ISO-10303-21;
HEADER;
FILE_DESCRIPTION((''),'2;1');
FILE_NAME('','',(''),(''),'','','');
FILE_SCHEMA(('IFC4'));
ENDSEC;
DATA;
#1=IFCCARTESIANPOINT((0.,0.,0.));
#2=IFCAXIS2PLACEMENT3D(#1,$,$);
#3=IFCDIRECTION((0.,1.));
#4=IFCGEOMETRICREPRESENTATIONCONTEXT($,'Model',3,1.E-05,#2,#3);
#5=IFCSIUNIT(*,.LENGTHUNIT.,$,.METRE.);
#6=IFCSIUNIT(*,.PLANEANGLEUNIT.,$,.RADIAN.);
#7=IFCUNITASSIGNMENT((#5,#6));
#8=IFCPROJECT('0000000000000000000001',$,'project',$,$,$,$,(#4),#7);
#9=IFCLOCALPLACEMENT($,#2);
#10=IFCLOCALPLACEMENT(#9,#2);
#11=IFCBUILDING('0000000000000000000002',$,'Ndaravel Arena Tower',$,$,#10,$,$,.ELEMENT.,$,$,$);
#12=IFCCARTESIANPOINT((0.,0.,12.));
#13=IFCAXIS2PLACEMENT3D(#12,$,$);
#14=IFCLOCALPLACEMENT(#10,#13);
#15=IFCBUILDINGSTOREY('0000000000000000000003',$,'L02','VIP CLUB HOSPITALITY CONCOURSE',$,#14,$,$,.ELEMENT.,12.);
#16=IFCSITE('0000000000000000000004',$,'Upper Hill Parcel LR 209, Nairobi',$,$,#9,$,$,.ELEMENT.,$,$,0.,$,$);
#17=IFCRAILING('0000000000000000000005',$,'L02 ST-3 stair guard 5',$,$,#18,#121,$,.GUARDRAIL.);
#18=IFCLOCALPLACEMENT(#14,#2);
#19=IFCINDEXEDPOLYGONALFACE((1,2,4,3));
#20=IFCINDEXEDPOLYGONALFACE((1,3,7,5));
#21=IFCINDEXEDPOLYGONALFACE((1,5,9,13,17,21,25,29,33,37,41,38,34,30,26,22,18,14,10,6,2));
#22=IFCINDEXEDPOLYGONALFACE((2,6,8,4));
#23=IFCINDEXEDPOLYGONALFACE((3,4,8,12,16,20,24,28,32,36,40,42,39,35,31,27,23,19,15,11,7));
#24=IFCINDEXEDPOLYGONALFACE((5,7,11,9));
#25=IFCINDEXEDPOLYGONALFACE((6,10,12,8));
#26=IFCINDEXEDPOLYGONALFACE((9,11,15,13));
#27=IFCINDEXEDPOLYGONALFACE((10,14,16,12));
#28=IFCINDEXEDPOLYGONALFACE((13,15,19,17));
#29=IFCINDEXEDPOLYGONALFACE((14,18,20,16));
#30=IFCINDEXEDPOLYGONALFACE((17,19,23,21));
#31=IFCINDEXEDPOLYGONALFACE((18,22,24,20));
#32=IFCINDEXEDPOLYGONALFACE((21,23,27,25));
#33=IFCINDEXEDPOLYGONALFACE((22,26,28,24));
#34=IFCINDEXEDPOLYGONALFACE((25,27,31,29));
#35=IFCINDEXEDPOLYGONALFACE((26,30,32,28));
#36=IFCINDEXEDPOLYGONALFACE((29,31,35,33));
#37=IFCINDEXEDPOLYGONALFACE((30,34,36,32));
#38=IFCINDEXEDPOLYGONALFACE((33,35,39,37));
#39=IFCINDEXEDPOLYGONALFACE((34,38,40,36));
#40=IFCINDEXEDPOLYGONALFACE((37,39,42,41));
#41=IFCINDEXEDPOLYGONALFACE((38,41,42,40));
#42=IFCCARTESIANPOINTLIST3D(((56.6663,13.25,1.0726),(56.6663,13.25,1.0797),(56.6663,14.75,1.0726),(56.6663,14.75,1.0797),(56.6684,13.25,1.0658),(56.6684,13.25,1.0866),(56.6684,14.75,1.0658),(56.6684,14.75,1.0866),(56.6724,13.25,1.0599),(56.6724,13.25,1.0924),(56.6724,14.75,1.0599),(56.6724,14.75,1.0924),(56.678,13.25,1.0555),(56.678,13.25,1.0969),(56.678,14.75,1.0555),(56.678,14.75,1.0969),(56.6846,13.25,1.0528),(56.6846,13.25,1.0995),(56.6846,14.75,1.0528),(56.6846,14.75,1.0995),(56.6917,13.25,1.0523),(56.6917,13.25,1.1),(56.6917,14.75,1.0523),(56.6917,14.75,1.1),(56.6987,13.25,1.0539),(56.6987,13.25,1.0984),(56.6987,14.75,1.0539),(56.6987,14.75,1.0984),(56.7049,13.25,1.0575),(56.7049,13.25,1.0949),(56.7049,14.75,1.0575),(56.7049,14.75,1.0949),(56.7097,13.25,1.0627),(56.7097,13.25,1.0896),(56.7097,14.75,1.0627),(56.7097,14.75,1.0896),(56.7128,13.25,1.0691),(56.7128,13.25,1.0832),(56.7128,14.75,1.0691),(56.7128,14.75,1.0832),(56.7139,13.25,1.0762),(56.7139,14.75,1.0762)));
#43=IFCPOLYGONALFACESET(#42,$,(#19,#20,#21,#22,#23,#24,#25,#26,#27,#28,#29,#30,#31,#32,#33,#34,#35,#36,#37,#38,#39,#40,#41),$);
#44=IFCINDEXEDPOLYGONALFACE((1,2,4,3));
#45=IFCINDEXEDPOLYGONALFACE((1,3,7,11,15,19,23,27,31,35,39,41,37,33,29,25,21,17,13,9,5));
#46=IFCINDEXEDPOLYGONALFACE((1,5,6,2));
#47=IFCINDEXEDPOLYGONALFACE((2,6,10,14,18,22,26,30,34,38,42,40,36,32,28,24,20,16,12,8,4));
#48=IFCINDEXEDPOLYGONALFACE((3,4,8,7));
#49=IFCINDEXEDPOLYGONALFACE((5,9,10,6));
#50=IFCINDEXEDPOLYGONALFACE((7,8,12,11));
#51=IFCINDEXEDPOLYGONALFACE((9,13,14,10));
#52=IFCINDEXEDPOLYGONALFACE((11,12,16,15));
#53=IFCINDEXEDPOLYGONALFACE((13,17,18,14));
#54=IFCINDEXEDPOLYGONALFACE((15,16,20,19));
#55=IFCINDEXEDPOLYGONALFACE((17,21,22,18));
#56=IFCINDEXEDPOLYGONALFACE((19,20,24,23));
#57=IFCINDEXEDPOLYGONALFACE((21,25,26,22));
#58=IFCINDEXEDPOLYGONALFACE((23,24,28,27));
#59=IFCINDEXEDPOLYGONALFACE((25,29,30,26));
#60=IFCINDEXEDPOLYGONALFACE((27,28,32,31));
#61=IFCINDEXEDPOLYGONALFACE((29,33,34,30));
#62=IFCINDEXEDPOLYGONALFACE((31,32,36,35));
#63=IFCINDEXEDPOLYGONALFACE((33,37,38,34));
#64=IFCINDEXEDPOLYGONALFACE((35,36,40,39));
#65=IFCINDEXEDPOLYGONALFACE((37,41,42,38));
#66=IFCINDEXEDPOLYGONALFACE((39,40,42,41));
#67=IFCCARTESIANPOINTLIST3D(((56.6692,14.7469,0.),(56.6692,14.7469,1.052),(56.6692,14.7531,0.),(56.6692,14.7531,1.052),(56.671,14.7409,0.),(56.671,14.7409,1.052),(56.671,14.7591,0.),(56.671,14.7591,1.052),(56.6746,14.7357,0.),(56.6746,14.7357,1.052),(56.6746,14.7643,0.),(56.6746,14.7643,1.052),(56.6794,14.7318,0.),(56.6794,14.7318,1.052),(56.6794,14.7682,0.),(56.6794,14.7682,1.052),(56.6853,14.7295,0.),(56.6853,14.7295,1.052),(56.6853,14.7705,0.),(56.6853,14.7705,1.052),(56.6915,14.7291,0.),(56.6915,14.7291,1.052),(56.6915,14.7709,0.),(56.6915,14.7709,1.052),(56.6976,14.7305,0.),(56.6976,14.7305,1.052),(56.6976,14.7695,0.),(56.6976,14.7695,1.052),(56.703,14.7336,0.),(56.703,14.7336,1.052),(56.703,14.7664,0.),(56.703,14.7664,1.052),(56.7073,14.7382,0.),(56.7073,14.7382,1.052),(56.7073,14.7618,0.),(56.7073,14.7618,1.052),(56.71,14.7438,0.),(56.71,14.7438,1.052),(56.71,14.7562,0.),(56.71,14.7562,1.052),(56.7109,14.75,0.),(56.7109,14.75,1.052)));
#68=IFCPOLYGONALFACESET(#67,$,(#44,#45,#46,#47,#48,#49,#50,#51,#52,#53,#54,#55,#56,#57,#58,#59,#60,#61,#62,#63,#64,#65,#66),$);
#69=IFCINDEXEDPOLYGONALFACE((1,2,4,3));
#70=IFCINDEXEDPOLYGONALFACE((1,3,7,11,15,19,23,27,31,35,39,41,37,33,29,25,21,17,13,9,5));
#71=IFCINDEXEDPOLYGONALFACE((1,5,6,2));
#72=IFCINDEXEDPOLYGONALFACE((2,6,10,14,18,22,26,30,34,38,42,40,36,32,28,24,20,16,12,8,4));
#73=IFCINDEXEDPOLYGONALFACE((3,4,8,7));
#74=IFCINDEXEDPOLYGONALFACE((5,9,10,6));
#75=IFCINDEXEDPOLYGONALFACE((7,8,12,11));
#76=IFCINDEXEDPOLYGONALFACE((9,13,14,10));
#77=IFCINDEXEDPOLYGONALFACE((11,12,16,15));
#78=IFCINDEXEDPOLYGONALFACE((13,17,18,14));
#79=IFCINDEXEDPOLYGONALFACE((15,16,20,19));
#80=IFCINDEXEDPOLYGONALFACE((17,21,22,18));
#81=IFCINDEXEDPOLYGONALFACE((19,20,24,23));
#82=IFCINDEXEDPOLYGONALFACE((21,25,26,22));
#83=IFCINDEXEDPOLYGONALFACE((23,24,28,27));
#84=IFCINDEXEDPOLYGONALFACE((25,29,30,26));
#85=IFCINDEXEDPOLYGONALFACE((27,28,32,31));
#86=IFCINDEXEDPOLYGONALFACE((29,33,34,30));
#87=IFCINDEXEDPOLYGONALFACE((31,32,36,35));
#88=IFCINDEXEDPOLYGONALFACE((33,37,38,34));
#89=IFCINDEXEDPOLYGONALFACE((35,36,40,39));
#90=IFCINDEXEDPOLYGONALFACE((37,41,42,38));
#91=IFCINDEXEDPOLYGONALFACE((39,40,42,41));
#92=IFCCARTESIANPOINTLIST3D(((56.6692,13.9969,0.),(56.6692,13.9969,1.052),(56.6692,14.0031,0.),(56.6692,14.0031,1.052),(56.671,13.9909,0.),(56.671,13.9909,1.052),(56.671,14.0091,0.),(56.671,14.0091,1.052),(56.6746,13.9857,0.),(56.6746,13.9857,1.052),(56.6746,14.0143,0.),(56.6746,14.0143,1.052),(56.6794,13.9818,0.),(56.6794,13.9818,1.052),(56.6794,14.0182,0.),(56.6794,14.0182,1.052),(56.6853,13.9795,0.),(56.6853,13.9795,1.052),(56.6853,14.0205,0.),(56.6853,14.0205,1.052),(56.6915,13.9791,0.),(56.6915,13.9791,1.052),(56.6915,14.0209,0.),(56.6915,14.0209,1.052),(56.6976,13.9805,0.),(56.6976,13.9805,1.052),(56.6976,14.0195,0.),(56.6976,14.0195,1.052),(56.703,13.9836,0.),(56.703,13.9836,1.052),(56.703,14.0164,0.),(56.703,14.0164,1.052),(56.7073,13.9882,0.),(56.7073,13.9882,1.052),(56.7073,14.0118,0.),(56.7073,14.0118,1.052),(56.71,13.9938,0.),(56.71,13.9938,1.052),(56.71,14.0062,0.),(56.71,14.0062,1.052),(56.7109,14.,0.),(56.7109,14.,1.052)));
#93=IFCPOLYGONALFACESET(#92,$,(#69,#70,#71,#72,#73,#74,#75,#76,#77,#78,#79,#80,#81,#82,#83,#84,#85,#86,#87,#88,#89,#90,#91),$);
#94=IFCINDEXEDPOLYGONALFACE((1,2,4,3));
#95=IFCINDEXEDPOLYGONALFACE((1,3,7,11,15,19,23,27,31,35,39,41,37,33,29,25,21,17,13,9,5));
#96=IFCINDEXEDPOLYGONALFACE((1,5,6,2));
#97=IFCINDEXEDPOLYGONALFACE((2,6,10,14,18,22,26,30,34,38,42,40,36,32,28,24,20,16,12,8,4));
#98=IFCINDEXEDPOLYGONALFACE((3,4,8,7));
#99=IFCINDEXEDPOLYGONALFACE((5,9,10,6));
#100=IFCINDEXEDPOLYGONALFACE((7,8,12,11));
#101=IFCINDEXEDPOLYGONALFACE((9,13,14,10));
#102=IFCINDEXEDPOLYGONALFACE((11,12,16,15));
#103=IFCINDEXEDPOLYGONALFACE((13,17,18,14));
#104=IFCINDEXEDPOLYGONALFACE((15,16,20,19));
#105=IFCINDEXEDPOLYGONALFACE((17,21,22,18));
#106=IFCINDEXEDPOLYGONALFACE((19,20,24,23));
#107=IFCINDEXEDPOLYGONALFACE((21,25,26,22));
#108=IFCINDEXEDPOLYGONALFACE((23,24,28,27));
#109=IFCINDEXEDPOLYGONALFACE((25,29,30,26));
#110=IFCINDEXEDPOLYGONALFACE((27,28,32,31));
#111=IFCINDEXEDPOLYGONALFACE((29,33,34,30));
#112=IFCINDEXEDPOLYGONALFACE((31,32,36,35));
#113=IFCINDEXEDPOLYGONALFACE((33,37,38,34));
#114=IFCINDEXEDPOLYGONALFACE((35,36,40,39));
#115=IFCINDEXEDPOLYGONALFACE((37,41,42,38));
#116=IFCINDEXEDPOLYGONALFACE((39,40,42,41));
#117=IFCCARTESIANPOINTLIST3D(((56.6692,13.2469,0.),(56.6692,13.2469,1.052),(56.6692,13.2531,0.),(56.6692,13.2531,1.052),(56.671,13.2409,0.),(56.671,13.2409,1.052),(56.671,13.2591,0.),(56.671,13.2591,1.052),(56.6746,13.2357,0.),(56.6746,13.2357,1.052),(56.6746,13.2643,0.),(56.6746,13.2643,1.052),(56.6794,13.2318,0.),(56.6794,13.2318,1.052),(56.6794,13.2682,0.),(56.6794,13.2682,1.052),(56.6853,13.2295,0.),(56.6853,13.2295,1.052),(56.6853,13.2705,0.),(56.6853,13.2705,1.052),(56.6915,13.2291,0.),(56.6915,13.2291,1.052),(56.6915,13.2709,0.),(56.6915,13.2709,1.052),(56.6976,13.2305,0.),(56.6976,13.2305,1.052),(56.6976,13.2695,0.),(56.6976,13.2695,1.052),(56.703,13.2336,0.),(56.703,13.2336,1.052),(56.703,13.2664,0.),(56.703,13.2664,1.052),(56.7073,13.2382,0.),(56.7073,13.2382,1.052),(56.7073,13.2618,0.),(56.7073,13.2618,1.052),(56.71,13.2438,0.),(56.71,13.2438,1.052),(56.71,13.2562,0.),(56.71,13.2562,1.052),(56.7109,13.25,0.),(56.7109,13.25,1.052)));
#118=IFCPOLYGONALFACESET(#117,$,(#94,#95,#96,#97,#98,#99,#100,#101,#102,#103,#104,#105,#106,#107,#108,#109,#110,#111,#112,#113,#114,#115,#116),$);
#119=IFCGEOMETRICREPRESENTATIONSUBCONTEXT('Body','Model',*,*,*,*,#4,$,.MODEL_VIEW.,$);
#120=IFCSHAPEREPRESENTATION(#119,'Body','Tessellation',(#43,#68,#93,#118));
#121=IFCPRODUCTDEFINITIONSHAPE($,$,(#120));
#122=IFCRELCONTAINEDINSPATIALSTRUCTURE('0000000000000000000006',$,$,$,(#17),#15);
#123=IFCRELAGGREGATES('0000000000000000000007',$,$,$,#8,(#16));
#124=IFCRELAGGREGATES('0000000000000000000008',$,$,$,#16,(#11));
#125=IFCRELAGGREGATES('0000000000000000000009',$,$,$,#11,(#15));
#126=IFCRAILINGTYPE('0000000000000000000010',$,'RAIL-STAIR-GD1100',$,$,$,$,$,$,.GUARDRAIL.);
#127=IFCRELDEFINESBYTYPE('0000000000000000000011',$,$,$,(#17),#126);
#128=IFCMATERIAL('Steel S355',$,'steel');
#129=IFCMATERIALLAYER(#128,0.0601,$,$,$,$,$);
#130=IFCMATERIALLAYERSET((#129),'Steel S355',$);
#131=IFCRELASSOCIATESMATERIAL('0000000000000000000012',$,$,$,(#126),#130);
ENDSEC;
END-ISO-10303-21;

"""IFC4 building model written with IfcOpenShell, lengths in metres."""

from ifc_helpers import new_model, si_unit, direction, frame, origin, origin_2d, place, context, subcontext, project, spatial, circle, extrude, material, layer, layer_set, type_object, element, save


model = new_model("IFC4")

# Units and contexts
model_context = context("Model", 3, precision=1e-05, world=origin(), true_north=direction((0.0, 1.0)))
body_context = subcontext(model_context, "Body", "Model", "MODEL_VIEW")
ifc_project = project(units=[si_unit("LENGTHUNIT", "METRE"), si_unit("PLANEANGLEUNIT", "RADIAN")], contexts=[model_context])

# Site, building, storey
site_placement = place(None, origin())
site = spatial("IfcSite", under=ifc_project, at=site_placement, Name="Upper Hill Parcel LR 209, Nairobi", CompositionType="ELEMENT", RefElevation=0.0)
building_placement = place(site_placement, origin())
building = spatial("IfcBuilding", under=site, at=building_placement, Name="Ndaravel Arena Tower", CompositionType="ELEMENT")
storey_placement = place(building_placement, frame((0.0, 0.0, 12.0)))
storey = spatial("IfcBuildingStorey", under=building, at=storey_placement, Name="L02", Description="VIP CLUB HOSPITALITY CONCOURSE", CompositionType="ELEMENT", Elevation=12.0)

# Railing
ifc_material_1 = material(Name="Steel S355", Category="steel")
ifc_layer_1 = layer(ifc_material_1, 0.0601)
ifc_layer_set_1 = layer_set([ifc_layer_1], Name="Steel S355")
railing_type_1 = type_object("IfcRailingType", Name="RAIL-STAIR-GD1100", PredefinedType="GUARDRAIL", material=ifc_layer_set_1)
railing_1_placement = place(storey_placement, frame((56.6899, 14.75, 0.0)))
element("IfcRailing", 1, at=railing_1_placement, inside=storey, type_object=railing_type_1, Name="L02 ST-3 stair guard 5", PredefinedType="GUARDRAIL", context=body_context, shape_type="SweptSolid", body=[
    extrude(circle(Radius=0.0239, at=origin_2d()), frame((0.0, 0.0, 1.0762), z_axis=(0.0, -1.0, 0.0), x_axis=(1.0, 0.0, 0.0)), (0.0, 0.0, 1.0), 1.5),
    extrude(circle(Radius=0.021, at=origin_2d()), origin(), (0.0, 0.0, 1.0), 1.052),
    extrude(circle(Radius=0.021, at=origin_2d()), frame((0.0, -0.75, 0.0)), (0.0, 0.0, 1.0), 1.052),
    extrude(circle(Radius=0.021, at=origin_2d()), frame((0.0, -1.5, 0.0)), (0.0, 0.0, 1.0), 1.052),
])

save(model, "model.ifc")
